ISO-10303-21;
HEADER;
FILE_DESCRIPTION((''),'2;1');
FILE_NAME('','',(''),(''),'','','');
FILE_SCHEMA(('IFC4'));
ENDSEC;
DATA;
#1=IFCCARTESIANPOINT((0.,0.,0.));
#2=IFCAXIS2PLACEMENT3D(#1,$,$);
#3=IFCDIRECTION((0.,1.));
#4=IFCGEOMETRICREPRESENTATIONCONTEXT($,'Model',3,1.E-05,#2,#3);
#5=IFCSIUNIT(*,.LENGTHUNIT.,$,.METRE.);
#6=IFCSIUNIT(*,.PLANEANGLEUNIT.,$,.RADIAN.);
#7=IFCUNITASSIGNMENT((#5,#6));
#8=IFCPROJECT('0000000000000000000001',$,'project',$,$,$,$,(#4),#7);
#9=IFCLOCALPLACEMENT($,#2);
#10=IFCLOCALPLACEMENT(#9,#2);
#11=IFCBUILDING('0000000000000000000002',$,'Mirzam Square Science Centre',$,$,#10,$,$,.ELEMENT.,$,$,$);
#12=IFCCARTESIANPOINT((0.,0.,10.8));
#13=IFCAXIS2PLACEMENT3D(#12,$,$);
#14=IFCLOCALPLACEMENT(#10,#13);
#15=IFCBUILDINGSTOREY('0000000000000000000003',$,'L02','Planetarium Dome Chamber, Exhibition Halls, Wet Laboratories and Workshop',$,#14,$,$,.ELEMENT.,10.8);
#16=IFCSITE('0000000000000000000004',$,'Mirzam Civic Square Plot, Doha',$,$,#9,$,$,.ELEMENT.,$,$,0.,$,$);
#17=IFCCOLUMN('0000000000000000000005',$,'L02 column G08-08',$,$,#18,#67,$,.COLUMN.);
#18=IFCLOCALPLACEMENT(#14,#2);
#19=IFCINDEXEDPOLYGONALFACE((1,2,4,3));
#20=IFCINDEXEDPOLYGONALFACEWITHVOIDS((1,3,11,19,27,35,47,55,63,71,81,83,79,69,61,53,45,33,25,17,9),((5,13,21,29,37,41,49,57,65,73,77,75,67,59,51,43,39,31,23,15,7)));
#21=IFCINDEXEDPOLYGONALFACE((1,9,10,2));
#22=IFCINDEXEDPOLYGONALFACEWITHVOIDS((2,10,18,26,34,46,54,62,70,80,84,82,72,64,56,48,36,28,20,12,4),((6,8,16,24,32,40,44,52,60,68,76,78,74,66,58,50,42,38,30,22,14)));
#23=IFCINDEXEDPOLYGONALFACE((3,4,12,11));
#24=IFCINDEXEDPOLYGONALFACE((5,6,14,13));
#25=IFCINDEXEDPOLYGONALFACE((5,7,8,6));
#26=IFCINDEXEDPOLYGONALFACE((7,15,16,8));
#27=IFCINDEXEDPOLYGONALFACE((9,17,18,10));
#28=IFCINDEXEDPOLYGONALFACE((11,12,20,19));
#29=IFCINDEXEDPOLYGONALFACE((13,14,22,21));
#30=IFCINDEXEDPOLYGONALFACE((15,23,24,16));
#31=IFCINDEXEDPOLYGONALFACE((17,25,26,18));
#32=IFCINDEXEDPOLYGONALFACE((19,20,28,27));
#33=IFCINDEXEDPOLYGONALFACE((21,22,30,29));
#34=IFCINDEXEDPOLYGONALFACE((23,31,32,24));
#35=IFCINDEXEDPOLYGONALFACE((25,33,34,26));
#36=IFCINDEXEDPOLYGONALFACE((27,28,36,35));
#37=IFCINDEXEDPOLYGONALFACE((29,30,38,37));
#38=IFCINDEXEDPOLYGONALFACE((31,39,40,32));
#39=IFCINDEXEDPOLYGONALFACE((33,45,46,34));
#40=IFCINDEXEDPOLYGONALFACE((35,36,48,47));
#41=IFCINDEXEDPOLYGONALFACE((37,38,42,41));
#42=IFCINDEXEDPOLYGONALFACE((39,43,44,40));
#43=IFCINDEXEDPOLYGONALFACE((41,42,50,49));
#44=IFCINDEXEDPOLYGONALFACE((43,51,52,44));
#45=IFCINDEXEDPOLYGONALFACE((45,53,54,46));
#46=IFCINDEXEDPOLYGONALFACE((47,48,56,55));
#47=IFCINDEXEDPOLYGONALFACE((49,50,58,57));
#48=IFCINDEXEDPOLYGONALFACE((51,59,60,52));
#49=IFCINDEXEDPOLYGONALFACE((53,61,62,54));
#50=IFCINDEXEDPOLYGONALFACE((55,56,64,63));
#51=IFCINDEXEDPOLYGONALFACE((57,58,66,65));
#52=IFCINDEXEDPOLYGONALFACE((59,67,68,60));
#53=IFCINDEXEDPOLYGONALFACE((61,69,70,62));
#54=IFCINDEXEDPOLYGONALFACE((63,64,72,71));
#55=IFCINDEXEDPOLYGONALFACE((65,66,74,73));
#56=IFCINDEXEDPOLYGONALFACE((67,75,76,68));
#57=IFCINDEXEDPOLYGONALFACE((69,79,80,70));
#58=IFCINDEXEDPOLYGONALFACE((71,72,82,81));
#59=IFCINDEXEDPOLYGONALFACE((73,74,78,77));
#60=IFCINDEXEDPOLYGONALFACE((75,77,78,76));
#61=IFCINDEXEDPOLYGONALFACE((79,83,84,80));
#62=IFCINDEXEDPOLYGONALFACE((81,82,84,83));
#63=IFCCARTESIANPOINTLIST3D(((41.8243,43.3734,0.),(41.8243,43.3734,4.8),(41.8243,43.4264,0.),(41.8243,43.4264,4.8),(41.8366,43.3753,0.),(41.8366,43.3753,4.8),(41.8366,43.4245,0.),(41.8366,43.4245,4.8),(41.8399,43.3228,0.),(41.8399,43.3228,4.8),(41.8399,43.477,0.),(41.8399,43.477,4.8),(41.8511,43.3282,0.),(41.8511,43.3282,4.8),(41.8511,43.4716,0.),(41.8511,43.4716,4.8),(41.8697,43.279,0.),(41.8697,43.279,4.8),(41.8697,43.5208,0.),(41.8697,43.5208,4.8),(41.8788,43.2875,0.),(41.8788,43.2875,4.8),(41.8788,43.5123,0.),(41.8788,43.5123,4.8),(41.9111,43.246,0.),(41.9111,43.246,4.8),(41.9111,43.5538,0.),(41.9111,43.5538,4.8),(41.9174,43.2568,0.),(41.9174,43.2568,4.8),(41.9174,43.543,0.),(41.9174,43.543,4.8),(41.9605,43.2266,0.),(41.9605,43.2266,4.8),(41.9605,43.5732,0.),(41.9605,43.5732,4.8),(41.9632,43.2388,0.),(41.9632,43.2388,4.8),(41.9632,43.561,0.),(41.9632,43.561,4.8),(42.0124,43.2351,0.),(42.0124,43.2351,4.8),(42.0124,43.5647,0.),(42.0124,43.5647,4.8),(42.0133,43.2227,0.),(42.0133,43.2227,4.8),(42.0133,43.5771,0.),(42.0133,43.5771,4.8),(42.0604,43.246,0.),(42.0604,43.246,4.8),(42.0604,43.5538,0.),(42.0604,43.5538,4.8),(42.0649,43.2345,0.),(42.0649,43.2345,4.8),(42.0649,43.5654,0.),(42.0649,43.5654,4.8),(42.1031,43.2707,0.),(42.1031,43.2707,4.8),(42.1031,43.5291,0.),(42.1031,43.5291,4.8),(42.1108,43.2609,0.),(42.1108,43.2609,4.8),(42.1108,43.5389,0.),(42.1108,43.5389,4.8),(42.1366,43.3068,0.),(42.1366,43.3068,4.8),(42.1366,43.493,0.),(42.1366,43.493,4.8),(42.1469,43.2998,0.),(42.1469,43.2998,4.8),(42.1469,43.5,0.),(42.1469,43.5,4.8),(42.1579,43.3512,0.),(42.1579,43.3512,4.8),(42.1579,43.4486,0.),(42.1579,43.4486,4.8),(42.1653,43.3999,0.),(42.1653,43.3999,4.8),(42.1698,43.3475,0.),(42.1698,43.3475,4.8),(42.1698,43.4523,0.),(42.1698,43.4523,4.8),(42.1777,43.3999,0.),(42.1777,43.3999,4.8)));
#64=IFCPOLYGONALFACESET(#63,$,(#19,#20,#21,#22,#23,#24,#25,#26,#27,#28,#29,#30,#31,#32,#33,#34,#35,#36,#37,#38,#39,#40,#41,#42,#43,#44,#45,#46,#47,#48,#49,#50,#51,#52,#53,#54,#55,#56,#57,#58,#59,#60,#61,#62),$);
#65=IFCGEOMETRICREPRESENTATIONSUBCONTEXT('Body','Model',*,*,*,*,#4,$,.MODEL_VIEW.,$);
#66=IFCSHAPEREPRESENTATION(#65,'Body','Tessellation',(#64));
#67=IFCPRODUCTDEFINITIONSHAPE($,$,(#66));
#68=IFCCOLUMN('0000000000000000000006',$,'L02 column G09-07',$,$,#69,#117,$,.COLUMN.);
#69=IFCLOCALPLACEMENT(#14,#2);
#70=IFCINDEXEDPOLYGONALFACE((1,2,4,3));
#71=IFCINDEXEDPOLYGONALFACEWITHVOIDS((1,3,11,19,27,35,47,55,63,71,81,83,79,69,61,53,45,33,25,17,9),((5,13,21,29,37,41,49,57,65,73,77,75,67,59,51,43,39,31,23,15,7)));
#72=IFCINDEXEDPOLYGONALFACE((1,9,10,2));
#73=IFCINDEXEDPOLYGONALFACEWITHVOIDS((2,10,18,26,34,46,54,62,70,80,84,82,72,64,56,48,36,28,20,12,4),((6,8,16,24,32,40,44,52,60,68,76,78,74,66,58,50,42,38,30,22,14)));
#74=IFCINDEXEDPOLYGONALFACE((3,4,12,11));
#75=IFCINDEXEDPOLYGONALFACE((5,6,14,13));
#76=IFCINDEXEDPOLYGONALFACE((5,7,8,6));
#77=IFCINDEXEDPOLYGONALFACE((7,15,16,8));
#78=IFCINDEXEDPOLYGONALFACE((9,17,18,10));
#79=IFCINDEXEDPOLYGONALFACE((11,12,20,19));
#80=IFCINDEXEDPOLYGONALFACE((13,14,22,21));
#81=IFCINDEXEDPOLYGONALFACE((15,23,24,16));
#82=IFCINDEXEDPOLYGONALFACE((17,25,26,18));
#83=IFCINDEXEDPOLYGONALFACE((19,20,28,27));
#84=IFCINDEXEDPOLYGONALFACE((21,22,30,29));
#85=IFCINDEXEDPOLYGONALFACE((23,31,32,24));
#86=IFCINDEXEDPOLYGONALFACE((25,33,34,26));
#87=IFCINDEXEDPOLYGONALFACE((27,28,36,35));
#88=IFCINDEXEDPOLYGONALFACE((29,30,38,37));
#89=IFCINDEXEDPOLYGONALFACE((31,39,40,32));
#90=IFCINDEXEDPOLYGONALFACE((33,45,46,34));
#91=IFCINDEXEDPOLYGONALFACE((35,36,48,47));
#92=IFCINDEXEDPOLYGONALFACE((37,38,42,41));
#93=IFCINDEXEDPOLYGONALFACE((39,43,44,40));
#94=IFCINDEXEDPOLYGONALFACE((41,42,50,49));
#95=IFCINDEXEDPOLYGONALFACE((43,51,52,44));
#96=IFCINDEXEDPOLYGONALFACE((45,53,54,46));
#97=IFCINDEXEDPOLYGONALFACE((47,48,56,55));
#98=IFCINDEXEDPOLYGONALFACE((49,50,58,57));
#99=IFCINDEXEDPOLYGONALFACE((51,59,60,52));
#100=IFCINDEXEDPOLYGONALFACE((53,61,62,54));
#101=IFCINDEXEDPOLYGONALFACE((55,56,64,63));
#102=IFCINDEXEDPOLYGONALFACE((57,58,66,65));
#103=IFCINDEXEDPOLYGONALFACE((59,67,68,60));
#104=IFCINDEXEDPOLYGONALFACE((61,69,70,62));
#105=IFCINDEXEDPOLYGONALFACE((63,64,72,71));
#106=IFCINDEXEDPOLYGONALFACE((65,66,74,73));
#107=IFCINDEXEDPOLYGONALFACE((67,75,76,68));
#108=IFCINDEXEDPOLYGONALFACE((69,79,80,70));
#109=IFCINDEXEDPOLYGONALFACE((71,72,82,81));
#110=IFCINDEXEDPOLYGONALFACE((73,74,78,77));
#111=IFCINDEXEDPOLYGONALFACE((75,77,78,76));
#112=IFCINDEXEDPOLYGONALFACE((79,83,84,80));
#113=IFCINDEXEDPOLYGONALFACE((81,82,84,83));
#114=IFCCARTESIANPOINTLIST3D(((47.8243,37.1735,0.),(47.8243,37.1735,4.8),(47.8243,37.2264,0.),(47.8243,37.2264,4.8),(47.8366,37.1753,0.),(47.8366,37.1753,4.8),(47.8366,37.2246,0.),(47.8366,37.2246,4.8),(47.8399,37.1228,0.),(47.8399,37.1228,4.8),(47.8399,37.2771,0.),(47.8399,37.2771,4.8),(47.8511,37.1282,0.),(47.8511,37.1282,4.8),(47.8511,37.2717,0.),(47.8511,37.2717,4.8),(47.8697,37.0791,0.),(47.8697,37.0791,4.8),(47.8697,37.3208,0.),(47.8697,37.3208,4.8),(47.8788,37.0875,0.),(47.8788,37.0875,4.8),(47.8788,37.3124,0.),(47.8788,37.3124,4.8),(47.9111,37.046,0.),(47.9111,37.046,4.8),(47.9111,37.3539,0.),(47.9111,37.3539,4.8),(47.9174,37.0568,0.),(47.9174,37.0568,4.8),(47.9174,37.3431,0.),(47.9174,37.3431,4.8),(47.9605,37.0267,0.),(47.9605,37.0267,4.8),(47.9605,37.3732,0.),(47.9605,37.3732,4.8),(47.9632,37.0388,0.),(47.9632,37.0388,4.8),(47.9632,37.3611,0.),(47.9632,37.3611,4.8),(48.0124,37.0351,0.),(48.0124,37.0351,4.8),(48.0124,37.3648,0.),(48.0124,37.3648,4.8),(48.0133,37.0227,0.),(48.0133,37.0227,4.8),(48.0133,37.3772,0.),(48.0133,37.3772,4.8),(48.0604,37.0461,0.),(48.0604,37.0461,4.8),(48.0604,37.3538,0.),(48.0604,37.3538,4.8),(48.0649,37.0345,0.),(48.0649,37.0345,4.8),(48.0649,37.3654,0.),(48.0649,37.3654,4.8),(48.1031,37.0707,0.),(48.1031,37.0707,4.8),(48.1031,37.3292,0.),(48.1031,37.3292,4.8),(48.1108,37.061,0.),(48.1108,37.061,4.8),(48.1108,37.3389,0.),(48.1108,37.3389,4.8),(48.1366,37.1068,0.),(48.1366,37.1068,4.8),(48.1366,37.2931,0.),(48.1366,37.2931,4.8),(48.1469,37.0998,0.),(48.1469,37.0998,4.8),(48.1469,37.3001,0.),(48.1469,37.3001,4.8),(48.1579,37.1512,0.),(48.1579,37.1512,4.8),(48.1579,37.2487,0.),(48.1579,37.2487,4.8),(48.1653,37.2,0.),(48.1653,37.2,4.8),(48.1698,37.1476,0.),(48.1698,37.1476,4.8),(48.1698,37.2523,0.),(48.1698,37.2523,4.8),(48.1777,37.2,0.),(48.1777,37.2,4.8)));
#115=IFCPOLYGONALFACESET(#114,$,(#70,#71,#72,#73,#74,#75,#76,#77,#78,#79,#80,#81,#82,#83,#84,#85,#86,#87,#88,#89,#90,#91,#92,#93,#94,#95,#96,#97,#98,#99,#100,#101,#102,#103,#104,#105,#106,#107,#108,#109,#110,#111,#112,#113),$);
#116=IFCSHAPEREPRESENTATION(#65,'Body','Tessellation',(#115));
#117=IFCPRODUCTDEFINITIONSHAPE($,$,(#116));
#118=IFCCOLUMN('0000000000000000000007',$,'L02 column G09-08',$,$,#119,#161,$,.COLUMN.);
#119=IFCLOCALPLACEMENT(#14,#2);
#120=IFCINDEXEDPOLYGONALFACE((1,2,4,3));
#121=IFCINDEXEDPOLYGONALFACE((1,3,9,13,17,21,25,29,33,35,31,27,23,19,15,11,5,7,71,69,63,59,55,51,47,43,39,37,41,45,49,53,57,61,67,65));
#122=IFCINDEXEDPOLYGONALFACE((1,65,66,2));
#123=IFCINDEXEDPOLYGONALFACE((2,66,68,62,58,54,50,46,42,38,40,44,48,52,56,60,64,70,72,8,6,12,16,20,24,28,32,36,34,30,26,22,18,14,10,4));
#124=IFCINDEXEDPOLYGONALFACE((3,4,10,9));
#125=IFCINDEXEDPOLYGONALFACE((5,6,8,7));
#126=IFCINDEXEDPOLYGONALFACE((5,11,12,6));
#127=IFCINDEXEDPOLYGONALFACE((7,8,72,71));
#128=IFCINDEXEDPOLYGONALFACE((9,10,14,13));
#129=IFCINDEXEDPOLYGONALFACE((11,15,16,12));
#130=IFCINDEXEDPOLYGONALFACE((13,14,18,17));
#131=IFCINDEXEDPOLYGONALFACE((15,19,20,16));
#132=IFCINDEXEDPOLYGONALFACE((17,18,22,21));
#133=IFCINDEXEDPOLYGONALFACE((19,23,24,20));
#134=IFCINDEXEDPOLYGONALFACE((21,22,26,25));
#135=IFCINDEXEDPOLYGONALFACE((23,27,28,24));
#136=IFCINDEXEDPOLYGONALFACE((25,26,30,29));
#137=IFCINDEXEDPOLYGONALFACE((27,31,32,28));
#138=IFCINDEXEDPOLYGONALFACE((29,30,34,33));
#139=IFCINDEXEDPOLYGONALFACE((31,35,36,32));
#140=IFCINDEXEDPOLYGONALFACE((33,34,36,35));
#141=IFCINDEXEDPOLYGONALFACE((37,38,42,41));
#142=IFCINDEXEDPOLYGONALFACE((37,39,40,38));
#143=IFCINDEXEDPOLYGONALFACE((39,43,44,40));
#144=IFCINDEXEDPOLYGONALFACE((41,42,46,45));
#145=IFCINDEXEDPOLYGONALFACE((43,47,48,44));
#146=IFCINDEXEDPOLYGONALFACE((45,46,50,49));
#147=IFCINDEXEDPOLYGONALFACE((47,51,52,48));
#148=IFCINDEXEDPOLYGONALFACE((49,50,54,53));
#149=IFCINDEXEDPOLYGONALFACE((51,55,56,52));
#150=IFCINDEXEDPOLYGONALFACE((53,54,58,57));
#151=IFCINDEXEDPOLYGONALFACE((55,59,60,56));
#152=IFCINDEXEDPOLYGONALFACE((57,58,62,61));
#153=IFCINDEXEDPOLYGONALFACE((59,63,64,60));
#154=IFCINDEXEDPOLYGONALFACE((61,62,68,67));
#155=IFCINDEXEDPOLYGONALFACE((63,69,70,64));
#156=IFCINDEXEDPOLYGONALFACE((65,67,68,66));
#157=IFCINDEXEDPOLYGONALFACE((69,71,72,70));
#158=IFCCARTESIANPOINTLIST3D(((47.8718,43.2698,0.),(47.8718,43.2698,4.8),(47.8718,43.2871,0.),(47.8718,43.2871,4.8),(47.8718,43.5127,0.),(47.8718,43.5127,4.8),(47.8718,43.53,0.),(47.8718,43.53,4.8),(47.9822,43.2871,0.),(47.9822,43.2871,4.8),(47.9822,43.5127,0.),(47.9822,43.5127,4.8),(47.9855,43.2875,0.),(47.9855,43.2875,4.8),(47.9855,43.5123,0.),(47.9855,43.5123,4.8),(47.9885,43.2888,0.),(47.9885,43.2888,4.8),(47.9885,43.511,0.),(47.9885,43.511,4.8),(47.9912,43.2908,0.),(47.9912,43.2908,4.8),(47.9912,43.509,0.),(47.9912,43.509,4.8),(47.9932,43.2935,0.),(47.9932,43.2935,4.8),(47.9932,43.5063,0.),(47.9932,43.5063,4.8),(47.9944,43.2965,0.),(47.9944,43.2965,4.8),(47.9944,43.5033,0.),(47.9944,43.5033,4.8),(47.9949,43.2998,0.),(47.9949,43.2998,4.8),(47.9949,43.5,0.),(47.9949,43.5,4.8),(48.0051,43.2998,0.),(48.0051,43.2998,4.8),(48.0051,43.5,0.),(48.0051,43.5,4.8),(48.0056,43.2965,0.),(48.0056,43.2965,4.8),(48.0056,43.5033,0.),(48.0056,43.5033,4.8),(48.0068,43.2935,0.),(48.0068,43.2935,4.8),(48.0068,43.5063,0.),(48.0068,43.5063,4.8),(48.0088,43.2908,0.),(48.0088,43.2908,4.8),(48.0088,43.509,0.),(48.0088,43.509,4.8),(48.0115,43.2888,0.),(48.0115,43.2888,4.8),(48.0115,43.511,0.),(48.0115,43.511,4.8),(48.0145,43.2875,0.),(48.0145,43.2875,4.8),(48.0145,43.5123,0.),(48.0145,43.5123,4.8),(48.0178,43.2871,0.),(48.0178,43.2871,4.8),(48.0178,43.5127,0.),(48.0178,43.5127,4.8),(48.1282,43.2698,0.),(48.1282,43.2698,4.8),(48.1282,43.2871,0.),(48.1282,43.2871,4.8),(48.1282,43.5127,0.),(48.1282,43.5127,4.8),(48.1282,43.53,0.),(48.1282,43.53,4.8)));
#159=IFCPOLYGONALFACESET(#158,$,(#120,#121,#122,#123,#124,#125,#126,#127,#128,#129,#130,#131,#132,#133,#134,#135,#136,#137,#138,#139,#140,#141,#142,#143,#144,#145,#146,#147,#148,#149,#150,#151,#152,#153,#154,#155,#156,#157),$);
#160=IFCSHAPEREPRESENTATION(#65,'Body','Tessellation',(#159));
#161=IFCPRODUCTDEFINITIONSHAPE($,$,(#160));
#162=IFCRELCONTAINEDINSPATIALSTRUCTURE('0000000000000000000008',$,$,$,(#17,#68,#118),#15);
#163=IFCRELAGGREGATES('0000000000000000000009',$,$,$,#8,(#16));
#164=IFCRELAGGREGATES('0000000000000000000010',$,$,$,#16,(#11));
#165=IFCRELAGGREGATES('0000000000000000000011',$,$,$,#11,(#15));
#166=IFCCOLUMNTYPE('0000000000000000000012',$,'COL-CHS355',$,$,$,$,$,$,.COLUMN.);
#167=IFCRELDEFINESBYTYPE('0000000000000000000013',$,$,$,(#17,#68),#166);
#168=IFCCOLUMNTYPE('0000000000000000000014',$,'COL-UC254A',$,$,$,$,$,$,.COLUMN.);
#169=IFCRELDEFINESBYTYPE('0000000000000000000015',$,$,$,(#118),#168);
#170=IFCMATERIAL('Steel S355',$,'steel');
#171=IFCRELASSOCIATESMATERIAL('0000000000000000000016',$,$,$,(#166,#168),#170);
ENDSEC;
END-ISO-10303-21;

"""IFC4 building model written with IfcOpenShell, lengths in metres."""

from ifc_helpers import new_model, si_unit, direction, frame, origin, origin_2d, place, context, subcontext, project, spatial, hollow_circle, i_section, extrude, material, material_profile, profile_set, type_object, element, save


model = new_model("IFC4")

# Units and contexts
model_context = context("Model", 3, precision=1e-05, world=origin(), true_north=direction((0.0, 1.0)))
body_context = subcontext(model_context, "Body", "Model", "MODEL_VIEW")
ifc_project = project(units=[si_unit("LENGTHUNIT", "METRE"), si_unit("PLANEANGLEUNIT", "RADIAN")], contexts=[model_context])

# Site, building, storey
site_placement = place(None, origin())
site = spatial("IfcSite", under=ifc_project, at=site_placement, Name="Mirzam Civic Square Plot, Doha", CompositionType="ELEMENT", RefElevation=0.0)
building_placement = place(site_placement, origin())
building = spatial("IfcBuilding", under=site, at=building_placement, Name="Mirzam Square Science Centre", CompositionType="ELEMENT")
storey_placement = place(building_placement, frame((0.0, 0.0, 10.8)))
storey = spatial("IfcBuildingStorey", under=building, at=storey_placement, Name="L02", Description="Planetarium Dome Chamber, Exhibition Halls, Wet Laboratories and Workshop", CompositionType="ELEMENT", Elevation=10.8)

# Columns
ifc_material_1 = material(Name="Steel S355", Category="steel")
ifc_material_profile_1 = material_profile(ifc_material_1, hollow_circle(Radius=0.1777, WallThickness=0.0125, at=origin_2d()), Name="355.6x12.5CHS")
ifc_profile_set_1 = profile_set([ifc_material_profile_1], Name="Steel S355")
column_type_1 = type_object("IfcColumnType", Name="COL-CHS355", PredefinedType="COLUMN", material=ifc_profile_set_1)
for number, where, z_axis, x_axis, name in (
    (1, (42.0, 43.3999, 0.0), (0.0, 0.0, 1.0), (1.0, 0.0, 0.0), "L02 column G08-08"),
    (2, (48.0, 37.2, 0.0), (0.0, 0.0, 1.0), (1.0, 0.0, 0.0), "L02 column G09-07"),
):
    element("IfcColumn", number, at=place(storey_placement, frame(where, z_axis=z_axis, x_axis=x_axis)), inside=storey, type_object=column_type_1, Name=name, PredefinedType="COLUMN", context=body_context, shape_type="SweptSolid", body=[
        extrude(hollow_circle(Radius=0.1777, WallThickness=0.0125, at=origin_2d()), origin(), (0.0, 0.0, 1.0), 4.8),
    ])
ifc_material_profile_2 = material_profile(ifc_material_1, i_section(OverallWidth=0.2563, OverallDepth=0.2603, WebThickness=0.0103, FlangeThickness=0.0173, FilletRadius=0.0127, at=origin_2d()), Name="254x254x89UC")
ifc_profile_set_2 = profile_set([ifc_material_profile_2], Name="Steel S355")
column_type_2 = type_object("IfcColumnType", Name="COL-UC254A", PredefinedType="COLUMN", material=ifc_profile_set_2)
column_1_placement = place(storey_placement, frame((48.0, 43.3999, 0.0), z_axis=(0.0, 0.0, 1.0), x_axis=(1.0, 0.0, 0.0)))
element("IfcColumn", 3, at=column_1_placement, inside=storey, type_object=column_type_2, Name="L02 column G09-08", PredefinedType="COLUMN", context=body_context, shape_type="SweptSolid", body=[
    extrude(i_section(OverallWidth=0.2563, OverallDepth=0.2603, WebThickness=0.0103, FlangeThickness=0.0173, FilletRadius=0.0127, at=origin_2d()), origin(), (0.0, 0.0, 1.0), 4.8),
])

save(model, "model.ifc")
